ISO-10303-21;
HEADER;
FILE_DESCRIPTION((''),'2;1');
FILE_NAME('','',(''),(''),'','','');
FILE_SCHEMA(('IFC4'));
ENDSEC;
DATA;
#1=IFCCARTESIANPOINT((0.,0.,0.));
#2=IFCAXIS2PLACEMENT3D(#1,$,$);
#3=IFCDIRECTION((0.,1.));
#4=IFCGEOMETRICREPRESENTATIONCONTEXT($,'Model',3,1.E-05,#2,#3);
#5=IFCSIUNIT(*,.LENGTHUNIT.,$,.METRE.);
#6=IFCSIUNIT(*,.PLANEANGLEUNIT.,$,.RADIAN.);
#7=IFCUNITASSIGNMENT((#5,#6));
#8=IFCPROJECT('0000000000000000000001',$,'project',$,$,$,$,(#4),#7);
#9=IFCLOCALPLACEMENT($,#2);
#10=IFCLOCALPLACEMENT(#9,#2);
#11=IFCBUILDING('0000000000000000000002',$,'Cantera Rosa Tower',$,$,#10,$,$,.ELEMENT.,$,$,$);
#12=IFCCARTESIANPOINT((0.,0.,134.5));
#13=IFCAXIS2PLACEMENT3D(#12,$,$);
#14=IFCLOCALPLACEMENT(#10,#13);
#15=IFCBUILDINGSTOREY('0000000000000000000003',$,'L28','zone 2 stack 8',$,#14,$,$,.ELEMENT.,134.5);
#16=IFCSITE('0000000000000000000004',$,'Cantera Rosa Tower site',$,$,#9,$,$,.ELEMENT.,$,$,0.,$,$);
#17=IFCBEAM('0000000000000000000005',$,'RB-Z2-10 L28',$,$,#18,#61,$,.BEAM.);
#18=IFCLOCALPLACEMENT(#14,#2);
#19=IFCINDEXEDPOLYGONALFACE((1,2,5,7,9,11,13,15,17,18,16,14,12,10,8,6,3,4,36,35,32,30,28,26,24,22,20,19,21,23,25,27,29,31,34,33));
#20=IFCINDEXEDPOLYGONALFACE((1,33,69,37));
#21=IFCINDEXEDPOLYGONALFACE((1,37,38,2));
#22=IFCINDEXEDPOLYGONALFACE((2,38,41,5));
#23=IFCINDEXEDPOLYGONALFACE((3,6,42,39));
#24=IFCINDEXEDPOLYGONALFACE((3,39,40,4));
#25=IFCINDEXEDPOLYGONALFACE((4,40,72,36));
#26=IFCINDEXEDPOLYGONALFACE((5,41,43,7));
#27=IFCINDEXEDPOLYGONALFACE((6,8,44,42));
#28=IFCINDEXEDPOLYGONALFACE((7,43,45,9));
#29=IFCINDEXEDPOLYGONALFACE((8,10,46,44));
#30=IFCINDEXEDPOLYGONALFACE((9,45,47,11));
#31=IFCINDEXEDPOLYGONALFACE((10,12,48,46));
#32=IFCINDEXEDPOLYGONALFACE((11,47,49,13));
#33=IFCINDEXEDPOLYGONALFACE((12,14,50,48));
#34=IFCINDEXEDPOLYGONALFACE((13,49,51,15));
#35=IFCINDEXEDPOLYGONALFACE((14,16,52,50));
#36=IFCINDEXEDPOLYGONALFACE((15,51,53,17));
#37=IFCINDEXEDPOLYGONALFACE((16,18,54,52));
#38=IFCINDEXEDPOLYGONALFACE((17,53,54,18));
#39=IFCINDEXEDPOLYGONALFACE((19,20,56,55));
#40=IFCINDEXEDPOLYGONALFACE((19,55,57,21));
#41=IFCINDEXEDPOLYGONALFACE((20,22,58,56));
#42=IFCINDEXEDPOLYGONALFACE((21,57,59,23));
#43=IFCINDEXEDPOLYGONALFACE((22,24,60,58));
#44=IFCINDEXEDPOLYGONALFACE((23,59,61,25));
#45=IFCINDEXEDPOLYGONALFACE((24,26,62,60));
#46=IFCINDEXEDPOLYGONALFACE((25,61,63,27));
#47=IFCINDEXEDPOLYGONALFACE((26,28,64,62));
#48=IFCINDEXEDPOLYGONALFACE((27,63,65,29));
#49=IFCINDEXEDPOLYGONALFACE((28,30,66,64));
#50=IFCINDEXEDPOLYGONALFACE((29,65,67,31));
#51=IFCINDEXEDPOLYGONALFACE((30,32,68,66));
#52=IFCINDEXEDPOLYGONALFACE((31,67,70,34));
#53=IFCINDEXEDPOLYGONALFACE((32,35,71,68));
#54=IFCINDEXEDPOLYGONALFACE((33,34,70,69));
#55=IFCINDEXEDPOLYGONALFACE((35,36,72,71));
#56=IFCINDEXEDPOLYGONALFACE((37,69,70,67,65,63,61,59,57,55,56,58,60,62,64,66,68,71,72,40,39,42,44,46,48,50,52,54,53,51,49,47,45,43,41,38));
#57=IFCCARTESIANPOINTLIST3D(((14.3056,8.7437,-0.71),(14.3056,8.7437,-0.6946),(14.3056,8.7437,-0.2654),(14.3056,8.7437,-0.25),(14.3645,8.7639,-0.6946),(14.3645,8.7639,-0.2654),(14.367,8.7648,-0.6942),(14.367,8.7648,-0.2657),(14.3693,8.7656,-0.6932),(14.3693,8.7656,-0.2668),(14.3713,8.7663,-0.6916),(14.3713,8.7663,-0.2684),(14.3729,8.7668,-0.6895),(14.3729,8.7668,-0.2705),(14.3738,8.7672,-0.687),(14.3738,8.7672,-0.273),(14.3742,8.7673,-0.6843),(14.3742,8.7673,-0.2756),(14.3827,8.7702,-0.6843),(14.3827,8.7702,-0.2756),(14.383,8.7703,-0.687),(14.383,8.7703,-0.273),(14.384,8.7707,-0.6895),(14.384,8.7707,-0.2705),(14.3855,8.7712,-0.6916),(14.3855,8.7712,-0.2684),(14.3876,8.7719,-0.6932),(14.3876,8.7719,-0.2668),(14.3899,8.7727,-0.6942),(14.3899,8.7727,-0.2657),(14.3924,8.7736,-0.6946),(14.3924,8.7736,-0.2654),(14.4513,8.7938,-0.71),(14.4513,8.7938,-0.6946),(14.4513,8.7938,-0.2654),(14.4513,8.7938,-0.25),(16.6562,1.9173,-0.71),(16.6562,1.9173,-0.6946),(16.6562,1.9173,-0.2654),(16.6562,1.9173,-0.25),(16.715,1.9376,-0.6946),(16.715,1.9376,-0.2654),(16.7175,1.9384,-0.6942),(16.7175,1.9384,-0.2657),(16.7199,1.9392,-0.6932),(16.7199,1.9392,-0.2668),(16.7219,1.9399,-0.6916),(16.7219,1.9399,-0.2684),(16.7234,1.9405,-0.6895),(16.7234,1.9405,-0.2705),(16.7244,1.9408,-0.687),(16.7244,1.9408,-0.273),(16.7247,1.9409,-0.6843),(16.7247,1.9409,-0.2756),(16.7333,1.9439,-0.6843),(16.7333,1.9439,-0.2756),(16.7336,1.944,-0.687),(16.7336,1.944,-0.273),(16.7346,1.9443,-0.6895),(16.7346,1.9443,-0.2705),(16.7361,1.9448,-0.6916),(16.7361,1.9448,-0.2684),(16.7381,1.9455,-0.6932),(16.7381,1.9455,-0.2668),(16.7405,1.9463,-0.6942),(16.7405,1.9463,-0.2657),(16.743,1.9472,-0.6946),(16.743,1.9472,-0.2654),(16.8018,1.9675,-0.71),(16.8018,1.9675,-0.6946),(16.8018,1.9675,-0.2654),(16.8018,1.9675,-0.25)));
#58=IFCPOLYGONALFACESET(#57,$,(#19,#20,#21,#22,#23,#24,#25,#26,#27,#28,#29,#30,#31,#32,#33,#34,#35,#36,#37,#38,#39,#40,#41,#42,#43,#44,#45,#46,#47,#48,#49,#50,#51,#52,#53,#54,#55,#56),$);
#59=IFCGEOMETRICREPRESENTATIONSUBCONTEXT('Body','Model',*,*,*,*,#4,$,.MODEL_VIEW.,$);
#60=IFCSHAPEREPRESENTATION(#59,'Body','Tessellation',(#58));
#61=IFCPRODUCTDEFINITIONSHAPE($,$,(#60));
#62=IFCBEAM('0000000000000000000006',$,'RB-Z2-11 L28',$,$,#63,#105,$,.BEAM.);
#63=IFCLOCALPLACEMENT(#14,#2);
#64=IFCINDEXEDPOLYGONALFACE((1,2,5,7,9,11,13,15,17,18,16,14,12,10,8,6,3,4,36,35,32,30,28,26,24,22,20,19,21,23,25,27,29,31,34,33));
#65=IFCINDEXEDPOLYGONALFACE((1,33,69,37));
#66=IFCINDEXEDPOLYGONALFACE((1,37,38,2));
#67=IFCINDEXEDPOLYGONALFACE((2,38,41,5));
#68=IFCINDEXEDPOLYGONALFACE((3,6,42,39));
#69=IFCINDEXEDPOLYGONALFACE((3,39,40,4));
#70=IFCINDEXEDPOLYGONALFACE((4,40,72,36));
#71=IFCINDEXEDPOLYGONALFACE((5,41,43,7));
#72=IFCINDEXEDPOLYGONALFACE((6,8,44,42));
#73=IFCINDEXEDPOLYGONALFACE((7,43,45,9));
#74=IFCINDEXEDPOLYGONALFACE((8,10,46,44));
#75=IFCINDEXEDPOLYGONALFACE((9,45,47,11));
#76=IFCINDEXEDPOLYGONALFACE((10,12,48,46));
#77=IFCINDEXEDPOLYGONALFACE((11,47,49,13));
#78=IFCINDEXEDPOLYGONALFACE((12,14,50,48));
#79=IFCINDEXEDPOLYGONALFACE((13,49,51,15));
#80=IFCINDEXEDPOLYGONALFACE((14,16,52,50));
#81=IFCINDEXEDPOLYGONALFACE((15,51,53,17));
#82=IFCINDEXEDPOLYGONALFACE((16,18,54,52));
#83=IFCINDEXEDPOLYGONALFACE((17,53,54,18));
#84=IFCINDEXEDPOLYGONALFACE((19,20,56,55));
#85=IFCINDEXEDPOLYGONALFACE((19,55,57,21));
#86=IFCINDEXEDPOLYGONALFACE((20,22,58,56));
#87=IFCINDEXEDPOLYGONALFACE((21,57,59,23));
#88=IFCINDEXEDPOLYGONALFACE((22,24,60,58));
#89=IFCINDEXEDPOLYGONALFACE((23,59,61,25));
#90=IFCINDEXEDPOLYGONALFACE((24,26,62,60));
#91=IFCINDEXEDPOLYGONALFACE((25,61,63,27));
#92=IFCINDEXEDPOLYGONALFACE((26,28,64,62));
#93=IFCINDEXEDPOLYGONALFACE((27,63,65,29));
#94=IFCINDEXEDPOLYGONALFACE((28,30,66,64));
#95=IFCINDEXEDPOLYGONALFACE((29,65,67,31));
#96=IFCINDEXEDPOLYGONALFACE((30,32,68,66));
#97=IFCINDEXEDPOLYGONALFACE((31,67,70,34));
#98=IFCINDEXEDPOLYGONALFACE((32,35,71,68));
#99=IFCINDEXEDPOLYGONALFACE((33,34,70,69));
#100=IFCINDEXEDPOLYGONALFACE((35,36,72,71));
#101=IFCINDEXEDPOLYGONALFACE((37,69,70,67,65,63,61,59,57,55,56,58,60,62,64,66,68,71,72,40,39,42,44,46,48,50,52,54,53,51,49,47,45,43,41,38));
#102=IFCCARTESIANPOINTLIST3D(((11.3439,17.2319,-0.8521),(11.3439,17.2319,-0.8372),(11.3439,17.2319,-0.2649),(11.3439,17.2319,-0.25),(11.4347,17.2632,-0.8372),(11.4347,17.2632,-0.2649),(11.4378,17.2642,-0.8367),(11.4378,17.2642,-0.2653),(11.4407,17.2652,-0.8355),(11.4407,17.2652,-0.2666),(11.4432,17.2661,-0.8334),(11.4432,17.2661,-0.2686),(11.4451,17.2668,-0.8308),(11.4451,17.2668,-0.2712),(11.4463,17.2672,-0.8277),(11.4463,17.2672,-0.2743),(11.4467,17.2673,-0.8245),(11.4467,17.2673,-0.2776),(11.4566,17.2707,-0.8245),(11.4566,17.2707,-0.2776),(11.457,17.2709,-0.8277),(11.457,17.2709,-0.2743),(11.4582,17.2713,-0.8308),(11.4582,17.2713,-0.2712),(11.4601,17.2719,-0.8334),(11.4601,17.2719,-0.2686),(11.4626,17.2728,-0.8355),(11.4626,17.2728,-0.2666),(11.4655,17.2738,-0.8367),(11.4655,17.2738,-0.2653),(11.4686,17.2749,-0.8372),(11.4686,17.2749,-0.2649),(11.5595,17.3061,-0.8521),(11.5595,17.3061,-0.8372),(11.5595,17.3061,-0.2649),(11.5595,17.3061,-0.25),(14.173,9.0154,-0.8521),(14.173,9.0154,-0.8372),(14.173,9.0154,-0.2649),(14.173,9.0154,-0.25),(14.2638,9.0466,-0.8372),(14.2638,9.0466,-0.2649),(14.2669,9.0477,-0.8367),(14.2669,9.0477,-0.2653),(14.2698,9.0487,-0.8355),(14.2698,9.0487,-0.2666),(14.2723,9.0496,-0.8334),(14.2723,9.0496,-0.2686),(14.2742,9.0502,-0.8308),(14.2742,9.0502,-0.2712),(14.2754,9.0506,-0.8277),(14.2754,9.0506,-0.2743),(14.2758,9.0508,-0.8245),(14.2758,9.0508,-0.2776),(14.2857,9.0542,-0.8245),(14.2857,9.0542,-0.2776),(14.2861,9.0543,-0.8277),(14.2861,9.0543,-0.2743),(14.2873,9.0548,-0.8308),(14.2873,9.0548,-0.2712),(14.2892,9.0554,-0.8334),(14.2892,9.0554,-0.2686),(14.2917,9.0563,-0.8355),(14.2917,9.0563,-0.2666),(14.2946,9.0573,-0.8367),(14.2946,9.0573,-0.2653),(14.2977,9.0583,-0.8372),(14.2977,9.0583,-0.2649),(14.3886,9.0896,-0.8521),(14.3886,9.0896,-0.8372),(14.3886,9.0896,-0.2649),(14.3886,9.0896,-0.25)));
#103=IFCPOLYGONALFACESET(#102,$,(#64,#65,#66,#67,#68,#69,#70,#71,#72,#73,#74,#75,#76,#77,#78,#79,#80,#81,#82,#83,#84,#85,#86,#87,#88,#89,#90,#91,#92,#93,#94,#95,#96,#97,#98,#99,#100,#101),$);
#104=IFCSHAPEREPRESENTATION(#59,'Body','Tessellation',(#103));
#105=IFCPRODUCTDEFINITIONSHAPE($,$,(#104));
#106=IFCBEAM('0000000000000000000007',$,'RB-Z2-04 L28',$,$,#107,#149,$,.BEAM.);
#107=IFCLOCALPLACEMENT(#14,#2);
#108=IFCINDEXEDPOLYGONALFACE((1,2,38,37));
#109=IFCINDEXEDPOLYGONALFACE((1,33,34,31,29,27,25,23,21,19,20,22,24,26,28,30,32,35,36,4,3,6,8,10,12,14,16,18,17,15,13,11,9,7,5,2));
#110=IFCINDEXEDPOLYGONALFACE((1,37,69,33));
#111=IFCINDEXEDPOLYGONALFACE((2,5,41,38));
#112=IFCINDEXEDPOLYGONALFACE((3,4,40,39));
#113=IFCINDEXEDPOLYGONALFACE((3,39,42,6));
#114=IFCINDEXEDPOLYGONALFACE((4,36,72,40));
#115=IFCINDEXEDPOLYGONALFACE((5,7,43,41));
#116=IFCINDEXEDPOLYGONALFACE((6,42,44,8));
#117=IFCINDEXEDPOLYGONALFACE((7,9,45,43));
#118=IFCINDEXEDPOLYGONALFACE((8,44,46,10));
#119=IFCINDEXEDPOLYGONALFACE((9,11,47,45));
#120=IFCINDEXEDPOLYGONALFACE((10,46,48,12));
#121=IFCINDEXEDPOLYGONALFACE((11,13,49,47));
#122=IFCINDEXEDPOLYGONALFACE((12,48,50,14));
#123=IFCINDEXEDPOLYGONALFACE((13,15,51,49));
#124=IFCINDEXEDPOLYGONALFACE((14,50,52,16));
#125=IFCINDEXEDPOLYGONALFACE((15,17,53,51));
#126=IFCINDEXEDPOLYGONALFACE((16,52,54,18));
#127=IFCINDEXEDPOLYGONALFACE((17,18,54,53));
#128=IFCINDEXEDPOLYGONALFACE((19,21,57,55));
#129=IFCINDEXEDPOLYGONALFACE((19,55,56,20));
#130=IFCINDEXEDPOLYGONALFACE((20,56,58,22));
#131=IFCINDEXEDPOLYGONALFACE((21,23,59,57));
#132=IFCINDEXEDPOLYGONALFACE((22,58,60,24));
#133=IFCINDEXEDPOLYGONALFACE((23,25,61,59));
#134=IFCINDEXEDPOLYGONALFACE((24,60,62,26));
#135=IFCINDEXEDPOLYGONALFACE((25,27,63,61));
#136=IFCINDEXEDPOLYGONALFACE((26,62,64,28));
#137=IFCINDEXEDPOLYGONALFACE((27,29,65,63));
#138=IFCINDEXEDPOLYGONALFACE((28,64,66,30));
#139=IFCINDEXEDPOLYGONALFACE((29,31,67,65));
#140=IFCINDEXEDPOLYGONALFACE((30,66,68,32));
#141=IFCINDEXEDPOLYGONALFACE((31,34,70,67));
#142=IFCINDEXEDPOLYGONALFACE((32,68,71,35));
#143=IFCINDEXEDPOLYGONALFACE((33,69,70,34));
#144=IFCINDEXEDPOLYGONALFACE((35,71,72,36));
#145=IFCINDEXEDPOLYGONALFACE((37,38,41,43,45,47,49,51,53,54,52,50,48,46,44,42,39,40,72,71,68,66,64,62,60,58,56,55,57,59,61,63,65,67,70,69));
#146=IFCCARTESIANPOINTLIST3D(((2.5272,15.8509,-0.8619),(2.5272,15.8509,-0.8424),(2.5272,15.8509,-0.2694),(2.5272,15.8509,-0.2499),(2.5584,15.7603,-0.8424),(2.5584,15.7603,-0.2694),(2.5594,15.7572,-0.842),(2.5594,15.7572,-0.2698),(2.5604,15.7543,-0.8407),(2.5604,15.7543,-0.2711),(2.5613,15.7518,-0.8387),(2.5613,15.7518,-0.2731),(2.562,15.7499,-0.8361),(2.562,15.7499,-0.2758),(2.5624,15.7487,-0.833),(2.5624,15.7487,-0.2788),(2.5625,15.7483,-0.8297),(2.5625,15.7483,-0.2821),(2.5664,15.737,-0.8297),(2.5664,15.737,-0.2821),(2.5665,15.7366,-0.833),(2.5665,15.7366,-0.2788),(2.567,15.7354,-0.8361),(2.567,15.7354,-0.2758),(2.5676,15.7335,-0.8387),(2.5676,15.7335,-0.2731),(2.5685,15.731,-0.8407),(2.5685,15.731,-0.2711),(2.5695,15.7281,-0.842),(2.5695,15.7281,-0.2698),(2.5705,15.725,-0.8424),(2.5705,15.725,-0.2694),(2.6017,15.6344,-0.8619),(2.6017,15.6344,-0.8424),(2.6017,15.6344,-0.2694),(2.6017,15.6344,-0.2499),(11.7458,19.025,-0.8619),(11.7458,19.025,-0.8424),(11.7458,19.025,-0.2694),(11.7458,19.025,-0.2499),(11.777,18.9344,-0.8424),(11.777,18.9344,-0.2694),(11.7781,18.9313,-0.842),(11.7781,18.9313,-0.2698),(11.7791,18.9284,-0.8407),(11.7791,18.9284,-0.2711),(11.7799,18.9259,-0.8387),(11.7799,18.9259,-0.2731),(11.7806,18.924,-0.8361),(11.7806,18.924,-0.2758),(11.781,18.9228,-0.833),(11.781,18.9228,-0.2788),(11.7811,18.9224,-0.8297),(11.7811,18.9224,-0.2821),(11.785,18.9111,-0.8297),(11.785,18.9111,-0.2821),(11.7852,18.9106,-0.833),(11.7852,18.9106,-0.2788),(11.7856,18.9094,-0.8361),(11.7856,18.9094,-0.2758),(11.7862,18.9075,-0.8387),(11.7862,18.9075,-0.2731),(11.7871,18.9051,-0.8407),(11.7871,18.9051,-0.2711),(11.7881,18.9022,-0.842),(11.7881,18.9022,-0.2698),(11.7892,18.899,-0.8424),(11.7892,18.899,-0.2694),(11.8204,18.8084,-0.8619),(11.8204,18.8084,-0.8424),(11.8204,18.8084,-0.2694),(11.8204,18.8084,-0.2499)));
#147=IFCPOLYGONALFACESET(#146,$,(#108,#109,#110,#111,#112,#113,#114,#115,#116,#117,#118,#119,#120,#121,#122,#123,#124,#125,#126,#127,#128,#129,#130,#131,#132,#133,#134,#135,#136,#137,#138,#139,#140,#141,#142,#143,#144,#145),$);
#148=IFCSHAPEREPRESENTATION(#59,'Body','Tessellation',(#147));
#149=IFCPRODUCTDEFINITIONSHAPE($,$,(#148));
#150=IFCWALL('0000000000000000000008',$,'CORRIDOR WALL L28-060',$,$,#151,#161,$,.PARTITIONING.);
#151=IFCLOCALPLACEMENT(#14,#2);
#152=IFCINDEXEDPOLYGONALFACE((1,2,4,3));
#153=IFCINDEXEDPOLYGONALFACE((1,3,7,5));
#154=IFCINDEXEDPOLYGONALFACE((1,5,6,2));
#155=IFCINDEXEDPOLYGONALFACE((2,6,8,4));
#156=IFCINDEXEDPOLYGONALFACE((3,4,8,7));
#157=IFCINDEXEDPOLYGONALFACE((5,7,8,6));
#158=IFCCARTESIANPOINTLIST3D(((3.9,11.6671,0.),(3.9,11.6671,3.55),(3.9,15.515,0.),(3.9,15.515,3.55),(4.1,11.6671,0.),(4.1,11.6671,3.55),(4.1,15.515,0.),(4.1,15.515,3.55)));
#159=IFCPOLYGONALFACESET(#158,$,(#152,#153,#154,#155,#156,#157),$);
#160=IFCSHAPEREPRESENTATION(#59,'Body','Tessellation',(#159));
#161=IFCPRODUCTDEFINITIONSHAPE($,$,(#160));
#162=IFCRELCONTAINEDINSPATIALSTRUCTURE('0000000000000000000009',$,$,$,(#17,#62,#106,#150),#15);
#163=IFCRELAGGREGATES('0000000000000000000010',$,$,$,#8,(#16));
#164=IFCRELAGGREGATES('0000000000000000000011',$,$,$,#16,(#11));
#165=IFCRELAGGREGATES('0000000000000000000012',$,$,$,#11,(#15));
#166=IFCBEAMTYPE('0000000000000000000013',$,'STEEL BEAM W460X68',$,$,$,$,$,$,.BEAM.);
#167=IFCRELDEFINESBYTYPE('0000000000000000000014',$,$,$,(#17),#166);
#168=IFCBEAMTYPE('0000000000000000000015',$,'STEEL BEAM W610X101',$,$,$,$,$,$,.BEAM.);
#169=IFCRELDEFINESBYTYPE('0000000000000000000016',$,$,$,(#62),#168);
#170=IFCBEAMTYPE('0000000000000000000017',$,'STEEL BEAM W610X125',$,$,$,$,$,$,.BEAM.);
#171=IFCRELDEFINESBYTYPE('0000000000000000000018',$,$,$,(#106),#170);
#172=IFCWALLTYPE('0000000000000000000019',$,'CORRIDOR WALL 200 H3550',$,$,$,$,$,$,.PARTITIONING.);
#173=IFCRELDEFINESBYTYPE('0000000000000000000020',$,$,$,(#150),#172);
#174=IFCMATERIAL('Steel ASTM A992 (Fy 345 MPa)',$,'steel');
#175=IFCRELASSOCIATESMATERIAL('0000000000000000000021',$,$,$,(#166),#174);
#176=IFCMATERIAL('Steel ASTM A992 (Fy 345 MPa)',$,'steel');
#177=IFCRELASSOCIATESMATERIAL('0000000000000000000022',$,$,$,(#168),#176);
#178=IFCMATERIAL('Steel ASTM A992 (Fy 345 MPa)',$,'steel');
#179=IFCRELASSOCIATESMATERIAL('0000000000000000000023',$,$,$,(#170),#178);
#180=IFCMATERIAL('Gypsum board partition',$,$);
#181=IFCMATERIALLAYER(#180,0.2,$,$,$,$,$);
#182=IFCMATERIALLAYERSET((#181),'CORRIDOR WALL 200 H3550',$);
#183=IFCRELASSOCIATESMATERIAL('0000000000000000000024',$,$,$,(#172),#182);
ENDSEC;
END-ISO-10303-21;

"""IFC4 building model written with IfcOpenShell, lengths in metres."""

from ifc_helpers import new_model, si_unit, direction, frame, frame_2d, origin, origin_2d, place, context, subcontext, project, spatial, rectangle, i_section, extrude, material, layer, layer_set, material_profile, profile_set, type_object, element, save


model = new_model("IFC4")

# Units and contexts
model_context = context("Model", 3, precision=1e-05, world=origin(), true_north=direction((0.0, 1.0)))
body_context = subcontext(model_context, "Body", "Model", "MODEL_VIEW")
ifc_project = project(units=[si_unit("LENGTHUNIT", "METRE"), si_unit("PLANEANGLEUNIT", "RADIAN")], contexts=[model_context])

# Site, building, storey
site_placement = place(None, origin())
site = spatial("IfcSite", under=ifc_project, at=site_placement, Name="Cantera Rosa Tower site", CompositionType="ELEMENT", RefElevation=0.0)
building_placement = place(site_placement, origin())
building = spatial("IfcBuilding", under=site, at=building_placement, Name="Cantera Rosa Tower", CompositionType="ELEMENT")
storey_placement = place(building_placement, frame((0.0, 0.0, 134.5)))
storey = spatial("IfcBuildingStorey", under=building, at=storey_placement, Name="L28", Description="zone 2 stack 8", CompositionType="ELEMENT", Elevation=134.5)

# Beams
ifc_material_1 = material(Name="Steel ASTM A992 (Fy 345 MPa)", Category="steel")
ifc_material_profile_1 = material_profile(ifc_material_1, i_section(OverallWidth=0.1541, OverallDepth=0.46, WebThickness=0.009, FlangeThickness=0.0154, FilletRadius=0.0103, at=origin_2d()), Name="W460X68")
ifc_profile_set_1 = profile_set([ifc_material_profile_1], Name="Steel ASTM A992 (Fy 345 MPa)")
beam_type_1 = type_object("IfcBeamType", Name="STEEL BEAM W460X68", PredefinedType="BEAM", material=ifc_profile_set_1)
beam_1_placement = place(storey_placement, frame((16.729, 1.9424, -0.48), z_axis=(-0.325576, 0.945516, 0.0), x_axis=(-0.945516, -0.325576, 0.0)))
element("IfcBeam", 1, at=beam_1_placement, inside=storey, type_object=beam_type_1, Name="RB-Z2-10 L28", PredefinedType="BEAM", context=body_context, shape_type="SweptSolid", body=[
    extrude(i_section(OverallWidth=0.1541, OverallDepth=0.46, WebThickness=0.009, FlangeThickness=0.0154, FilletRadius=0.0103, at=origin_2d()), origin(), (0.0, 0.0, 1.0), 7.2197),
])
ifc_material_2 = material(Name="Steel ASTM A992 (Fy 345 MPa)", Category="steel")
ifc_material_profile_2 = material_profile(ifc_material_2, i_section(OverallWidth=0.228, OverallDepth=0.6021, WebThickness=0.0105, FlangeThickness=0.0149, FilletRadius=0.0127, at=origin_2d()), Name="W610X101")
ifc_profile_set_2 = profile_set([ifc_material_profile_2], Name="Steel ASTM A992 (Fy 345 MPa)")
beam_type_2 = type_object("IfcBeamType", Name="STEEL BEAM W610X101", PredefinedType="BEAM", material=ifc_profile_set_2)
beam_2_placement = place(storey_placement, frame((14.2808, 9.0525, -0.551), z_axis=(-0.325559, 0.945522, 0.0), x_axis=(-0.945522, -0.325559, 0.0)))
element("IfcBeam", 2, at=beam_2_placement, inside=storey, type_object=beam_type_2, Name="RB-Z2-11 L28", PredefinedType="BEAM", context=body_context, shape_type="SweptSolid", body=[
    extrude(i_section(OverallWidth=0.228, OverallDepth=0.6021, WebThickness=0.0105, FlangeThickness=0.0149, FilletRadius=0.0127, at=origin_2d()), origin(), (0.0, 0.0, 1.0), 8.6899),
])
ifc_material_3 = material(Name="Steel ASTM A992 (Fy 345 MPa)", Category="steel")
ifc_material_profile_3 = material_profile(ifc_material_3, i_section(OverallWidth=0.229, OverallDepth=0.6121, WebThickness=0.012, FlangeThickness=0.0195, FilletRadius=0.0127, at=origin_2d()), Name="W610X125")
ifc_profile_set_3 = profile_set([ifc_material_profile_3], Name="Steel ASTM A992 (Fy 345 MPa)")
beam_type_3 = type_object("IfcBeamType", Name="STEEL BEAM W610X125", PredefinedType="BEAM", material=ifc_profile_set_3)
beam_3_placement = place(storey_placement, frame((2.5645, 15.7427, -0.5559), z_axis=(0.945525, 0.32555, 0.0), x_axis=(-0.32555, 0.945525, 0.0)))
element("IfcBeam", 3, at=beam_3_placement, inside=storey, type_object=beam_type_3, Name="RB-Z2-04 L28", PredefinedType="BEAM", context=body_context, shape_type="SweptSolid", body=[
    extrude(i_section(OverallWidth=0.229, OverallDepth=0.6121, WebThickness=0.012, FlangeThickness=0.0195, FilletRadius=0.0127, at=origin_2d()), origin(), (0.0, 0.0, 1.0), 9.7498),
])

# Wall
ifc_material_4 = material(Name="Gypsum board partition")
ifc_layer_1 = layer(ifc_material_4, 0.2)
ifc_layer_set_1 = layer_set([ifc_layer_1], Name="CORRIDOR WALL 200 H3550")
wall_type_1 = type_object("IfcWallType", Name="CORRIDOR WALL 200 H3550", PredefinedType="PARTITIONING", material=ifc_layer_set_1)
wall_1_placement = place(storey_placement, frame((4.0, 11.6672, 0.0), z_axis=(0.0, 0.0, 1.0), x_axis=(0.0, 1.0, 0.0)))
element("IfcWall", 4, at=wall_1_placement, inside=storey, type_object=wall_type_1, Name="CORRIDOR WALL L28-060", PredefinedType="PARTITIONING", context=body_context, shape_type="SweptSolid", body=[
    extrude(rectangle(XDim=3.8479, YDim=0.2, at=frame_2d((1.9238, 0.0))), origin(), (0.0, 0.0, 1.0), 3.55),
])

save(model, "model.ifc")
